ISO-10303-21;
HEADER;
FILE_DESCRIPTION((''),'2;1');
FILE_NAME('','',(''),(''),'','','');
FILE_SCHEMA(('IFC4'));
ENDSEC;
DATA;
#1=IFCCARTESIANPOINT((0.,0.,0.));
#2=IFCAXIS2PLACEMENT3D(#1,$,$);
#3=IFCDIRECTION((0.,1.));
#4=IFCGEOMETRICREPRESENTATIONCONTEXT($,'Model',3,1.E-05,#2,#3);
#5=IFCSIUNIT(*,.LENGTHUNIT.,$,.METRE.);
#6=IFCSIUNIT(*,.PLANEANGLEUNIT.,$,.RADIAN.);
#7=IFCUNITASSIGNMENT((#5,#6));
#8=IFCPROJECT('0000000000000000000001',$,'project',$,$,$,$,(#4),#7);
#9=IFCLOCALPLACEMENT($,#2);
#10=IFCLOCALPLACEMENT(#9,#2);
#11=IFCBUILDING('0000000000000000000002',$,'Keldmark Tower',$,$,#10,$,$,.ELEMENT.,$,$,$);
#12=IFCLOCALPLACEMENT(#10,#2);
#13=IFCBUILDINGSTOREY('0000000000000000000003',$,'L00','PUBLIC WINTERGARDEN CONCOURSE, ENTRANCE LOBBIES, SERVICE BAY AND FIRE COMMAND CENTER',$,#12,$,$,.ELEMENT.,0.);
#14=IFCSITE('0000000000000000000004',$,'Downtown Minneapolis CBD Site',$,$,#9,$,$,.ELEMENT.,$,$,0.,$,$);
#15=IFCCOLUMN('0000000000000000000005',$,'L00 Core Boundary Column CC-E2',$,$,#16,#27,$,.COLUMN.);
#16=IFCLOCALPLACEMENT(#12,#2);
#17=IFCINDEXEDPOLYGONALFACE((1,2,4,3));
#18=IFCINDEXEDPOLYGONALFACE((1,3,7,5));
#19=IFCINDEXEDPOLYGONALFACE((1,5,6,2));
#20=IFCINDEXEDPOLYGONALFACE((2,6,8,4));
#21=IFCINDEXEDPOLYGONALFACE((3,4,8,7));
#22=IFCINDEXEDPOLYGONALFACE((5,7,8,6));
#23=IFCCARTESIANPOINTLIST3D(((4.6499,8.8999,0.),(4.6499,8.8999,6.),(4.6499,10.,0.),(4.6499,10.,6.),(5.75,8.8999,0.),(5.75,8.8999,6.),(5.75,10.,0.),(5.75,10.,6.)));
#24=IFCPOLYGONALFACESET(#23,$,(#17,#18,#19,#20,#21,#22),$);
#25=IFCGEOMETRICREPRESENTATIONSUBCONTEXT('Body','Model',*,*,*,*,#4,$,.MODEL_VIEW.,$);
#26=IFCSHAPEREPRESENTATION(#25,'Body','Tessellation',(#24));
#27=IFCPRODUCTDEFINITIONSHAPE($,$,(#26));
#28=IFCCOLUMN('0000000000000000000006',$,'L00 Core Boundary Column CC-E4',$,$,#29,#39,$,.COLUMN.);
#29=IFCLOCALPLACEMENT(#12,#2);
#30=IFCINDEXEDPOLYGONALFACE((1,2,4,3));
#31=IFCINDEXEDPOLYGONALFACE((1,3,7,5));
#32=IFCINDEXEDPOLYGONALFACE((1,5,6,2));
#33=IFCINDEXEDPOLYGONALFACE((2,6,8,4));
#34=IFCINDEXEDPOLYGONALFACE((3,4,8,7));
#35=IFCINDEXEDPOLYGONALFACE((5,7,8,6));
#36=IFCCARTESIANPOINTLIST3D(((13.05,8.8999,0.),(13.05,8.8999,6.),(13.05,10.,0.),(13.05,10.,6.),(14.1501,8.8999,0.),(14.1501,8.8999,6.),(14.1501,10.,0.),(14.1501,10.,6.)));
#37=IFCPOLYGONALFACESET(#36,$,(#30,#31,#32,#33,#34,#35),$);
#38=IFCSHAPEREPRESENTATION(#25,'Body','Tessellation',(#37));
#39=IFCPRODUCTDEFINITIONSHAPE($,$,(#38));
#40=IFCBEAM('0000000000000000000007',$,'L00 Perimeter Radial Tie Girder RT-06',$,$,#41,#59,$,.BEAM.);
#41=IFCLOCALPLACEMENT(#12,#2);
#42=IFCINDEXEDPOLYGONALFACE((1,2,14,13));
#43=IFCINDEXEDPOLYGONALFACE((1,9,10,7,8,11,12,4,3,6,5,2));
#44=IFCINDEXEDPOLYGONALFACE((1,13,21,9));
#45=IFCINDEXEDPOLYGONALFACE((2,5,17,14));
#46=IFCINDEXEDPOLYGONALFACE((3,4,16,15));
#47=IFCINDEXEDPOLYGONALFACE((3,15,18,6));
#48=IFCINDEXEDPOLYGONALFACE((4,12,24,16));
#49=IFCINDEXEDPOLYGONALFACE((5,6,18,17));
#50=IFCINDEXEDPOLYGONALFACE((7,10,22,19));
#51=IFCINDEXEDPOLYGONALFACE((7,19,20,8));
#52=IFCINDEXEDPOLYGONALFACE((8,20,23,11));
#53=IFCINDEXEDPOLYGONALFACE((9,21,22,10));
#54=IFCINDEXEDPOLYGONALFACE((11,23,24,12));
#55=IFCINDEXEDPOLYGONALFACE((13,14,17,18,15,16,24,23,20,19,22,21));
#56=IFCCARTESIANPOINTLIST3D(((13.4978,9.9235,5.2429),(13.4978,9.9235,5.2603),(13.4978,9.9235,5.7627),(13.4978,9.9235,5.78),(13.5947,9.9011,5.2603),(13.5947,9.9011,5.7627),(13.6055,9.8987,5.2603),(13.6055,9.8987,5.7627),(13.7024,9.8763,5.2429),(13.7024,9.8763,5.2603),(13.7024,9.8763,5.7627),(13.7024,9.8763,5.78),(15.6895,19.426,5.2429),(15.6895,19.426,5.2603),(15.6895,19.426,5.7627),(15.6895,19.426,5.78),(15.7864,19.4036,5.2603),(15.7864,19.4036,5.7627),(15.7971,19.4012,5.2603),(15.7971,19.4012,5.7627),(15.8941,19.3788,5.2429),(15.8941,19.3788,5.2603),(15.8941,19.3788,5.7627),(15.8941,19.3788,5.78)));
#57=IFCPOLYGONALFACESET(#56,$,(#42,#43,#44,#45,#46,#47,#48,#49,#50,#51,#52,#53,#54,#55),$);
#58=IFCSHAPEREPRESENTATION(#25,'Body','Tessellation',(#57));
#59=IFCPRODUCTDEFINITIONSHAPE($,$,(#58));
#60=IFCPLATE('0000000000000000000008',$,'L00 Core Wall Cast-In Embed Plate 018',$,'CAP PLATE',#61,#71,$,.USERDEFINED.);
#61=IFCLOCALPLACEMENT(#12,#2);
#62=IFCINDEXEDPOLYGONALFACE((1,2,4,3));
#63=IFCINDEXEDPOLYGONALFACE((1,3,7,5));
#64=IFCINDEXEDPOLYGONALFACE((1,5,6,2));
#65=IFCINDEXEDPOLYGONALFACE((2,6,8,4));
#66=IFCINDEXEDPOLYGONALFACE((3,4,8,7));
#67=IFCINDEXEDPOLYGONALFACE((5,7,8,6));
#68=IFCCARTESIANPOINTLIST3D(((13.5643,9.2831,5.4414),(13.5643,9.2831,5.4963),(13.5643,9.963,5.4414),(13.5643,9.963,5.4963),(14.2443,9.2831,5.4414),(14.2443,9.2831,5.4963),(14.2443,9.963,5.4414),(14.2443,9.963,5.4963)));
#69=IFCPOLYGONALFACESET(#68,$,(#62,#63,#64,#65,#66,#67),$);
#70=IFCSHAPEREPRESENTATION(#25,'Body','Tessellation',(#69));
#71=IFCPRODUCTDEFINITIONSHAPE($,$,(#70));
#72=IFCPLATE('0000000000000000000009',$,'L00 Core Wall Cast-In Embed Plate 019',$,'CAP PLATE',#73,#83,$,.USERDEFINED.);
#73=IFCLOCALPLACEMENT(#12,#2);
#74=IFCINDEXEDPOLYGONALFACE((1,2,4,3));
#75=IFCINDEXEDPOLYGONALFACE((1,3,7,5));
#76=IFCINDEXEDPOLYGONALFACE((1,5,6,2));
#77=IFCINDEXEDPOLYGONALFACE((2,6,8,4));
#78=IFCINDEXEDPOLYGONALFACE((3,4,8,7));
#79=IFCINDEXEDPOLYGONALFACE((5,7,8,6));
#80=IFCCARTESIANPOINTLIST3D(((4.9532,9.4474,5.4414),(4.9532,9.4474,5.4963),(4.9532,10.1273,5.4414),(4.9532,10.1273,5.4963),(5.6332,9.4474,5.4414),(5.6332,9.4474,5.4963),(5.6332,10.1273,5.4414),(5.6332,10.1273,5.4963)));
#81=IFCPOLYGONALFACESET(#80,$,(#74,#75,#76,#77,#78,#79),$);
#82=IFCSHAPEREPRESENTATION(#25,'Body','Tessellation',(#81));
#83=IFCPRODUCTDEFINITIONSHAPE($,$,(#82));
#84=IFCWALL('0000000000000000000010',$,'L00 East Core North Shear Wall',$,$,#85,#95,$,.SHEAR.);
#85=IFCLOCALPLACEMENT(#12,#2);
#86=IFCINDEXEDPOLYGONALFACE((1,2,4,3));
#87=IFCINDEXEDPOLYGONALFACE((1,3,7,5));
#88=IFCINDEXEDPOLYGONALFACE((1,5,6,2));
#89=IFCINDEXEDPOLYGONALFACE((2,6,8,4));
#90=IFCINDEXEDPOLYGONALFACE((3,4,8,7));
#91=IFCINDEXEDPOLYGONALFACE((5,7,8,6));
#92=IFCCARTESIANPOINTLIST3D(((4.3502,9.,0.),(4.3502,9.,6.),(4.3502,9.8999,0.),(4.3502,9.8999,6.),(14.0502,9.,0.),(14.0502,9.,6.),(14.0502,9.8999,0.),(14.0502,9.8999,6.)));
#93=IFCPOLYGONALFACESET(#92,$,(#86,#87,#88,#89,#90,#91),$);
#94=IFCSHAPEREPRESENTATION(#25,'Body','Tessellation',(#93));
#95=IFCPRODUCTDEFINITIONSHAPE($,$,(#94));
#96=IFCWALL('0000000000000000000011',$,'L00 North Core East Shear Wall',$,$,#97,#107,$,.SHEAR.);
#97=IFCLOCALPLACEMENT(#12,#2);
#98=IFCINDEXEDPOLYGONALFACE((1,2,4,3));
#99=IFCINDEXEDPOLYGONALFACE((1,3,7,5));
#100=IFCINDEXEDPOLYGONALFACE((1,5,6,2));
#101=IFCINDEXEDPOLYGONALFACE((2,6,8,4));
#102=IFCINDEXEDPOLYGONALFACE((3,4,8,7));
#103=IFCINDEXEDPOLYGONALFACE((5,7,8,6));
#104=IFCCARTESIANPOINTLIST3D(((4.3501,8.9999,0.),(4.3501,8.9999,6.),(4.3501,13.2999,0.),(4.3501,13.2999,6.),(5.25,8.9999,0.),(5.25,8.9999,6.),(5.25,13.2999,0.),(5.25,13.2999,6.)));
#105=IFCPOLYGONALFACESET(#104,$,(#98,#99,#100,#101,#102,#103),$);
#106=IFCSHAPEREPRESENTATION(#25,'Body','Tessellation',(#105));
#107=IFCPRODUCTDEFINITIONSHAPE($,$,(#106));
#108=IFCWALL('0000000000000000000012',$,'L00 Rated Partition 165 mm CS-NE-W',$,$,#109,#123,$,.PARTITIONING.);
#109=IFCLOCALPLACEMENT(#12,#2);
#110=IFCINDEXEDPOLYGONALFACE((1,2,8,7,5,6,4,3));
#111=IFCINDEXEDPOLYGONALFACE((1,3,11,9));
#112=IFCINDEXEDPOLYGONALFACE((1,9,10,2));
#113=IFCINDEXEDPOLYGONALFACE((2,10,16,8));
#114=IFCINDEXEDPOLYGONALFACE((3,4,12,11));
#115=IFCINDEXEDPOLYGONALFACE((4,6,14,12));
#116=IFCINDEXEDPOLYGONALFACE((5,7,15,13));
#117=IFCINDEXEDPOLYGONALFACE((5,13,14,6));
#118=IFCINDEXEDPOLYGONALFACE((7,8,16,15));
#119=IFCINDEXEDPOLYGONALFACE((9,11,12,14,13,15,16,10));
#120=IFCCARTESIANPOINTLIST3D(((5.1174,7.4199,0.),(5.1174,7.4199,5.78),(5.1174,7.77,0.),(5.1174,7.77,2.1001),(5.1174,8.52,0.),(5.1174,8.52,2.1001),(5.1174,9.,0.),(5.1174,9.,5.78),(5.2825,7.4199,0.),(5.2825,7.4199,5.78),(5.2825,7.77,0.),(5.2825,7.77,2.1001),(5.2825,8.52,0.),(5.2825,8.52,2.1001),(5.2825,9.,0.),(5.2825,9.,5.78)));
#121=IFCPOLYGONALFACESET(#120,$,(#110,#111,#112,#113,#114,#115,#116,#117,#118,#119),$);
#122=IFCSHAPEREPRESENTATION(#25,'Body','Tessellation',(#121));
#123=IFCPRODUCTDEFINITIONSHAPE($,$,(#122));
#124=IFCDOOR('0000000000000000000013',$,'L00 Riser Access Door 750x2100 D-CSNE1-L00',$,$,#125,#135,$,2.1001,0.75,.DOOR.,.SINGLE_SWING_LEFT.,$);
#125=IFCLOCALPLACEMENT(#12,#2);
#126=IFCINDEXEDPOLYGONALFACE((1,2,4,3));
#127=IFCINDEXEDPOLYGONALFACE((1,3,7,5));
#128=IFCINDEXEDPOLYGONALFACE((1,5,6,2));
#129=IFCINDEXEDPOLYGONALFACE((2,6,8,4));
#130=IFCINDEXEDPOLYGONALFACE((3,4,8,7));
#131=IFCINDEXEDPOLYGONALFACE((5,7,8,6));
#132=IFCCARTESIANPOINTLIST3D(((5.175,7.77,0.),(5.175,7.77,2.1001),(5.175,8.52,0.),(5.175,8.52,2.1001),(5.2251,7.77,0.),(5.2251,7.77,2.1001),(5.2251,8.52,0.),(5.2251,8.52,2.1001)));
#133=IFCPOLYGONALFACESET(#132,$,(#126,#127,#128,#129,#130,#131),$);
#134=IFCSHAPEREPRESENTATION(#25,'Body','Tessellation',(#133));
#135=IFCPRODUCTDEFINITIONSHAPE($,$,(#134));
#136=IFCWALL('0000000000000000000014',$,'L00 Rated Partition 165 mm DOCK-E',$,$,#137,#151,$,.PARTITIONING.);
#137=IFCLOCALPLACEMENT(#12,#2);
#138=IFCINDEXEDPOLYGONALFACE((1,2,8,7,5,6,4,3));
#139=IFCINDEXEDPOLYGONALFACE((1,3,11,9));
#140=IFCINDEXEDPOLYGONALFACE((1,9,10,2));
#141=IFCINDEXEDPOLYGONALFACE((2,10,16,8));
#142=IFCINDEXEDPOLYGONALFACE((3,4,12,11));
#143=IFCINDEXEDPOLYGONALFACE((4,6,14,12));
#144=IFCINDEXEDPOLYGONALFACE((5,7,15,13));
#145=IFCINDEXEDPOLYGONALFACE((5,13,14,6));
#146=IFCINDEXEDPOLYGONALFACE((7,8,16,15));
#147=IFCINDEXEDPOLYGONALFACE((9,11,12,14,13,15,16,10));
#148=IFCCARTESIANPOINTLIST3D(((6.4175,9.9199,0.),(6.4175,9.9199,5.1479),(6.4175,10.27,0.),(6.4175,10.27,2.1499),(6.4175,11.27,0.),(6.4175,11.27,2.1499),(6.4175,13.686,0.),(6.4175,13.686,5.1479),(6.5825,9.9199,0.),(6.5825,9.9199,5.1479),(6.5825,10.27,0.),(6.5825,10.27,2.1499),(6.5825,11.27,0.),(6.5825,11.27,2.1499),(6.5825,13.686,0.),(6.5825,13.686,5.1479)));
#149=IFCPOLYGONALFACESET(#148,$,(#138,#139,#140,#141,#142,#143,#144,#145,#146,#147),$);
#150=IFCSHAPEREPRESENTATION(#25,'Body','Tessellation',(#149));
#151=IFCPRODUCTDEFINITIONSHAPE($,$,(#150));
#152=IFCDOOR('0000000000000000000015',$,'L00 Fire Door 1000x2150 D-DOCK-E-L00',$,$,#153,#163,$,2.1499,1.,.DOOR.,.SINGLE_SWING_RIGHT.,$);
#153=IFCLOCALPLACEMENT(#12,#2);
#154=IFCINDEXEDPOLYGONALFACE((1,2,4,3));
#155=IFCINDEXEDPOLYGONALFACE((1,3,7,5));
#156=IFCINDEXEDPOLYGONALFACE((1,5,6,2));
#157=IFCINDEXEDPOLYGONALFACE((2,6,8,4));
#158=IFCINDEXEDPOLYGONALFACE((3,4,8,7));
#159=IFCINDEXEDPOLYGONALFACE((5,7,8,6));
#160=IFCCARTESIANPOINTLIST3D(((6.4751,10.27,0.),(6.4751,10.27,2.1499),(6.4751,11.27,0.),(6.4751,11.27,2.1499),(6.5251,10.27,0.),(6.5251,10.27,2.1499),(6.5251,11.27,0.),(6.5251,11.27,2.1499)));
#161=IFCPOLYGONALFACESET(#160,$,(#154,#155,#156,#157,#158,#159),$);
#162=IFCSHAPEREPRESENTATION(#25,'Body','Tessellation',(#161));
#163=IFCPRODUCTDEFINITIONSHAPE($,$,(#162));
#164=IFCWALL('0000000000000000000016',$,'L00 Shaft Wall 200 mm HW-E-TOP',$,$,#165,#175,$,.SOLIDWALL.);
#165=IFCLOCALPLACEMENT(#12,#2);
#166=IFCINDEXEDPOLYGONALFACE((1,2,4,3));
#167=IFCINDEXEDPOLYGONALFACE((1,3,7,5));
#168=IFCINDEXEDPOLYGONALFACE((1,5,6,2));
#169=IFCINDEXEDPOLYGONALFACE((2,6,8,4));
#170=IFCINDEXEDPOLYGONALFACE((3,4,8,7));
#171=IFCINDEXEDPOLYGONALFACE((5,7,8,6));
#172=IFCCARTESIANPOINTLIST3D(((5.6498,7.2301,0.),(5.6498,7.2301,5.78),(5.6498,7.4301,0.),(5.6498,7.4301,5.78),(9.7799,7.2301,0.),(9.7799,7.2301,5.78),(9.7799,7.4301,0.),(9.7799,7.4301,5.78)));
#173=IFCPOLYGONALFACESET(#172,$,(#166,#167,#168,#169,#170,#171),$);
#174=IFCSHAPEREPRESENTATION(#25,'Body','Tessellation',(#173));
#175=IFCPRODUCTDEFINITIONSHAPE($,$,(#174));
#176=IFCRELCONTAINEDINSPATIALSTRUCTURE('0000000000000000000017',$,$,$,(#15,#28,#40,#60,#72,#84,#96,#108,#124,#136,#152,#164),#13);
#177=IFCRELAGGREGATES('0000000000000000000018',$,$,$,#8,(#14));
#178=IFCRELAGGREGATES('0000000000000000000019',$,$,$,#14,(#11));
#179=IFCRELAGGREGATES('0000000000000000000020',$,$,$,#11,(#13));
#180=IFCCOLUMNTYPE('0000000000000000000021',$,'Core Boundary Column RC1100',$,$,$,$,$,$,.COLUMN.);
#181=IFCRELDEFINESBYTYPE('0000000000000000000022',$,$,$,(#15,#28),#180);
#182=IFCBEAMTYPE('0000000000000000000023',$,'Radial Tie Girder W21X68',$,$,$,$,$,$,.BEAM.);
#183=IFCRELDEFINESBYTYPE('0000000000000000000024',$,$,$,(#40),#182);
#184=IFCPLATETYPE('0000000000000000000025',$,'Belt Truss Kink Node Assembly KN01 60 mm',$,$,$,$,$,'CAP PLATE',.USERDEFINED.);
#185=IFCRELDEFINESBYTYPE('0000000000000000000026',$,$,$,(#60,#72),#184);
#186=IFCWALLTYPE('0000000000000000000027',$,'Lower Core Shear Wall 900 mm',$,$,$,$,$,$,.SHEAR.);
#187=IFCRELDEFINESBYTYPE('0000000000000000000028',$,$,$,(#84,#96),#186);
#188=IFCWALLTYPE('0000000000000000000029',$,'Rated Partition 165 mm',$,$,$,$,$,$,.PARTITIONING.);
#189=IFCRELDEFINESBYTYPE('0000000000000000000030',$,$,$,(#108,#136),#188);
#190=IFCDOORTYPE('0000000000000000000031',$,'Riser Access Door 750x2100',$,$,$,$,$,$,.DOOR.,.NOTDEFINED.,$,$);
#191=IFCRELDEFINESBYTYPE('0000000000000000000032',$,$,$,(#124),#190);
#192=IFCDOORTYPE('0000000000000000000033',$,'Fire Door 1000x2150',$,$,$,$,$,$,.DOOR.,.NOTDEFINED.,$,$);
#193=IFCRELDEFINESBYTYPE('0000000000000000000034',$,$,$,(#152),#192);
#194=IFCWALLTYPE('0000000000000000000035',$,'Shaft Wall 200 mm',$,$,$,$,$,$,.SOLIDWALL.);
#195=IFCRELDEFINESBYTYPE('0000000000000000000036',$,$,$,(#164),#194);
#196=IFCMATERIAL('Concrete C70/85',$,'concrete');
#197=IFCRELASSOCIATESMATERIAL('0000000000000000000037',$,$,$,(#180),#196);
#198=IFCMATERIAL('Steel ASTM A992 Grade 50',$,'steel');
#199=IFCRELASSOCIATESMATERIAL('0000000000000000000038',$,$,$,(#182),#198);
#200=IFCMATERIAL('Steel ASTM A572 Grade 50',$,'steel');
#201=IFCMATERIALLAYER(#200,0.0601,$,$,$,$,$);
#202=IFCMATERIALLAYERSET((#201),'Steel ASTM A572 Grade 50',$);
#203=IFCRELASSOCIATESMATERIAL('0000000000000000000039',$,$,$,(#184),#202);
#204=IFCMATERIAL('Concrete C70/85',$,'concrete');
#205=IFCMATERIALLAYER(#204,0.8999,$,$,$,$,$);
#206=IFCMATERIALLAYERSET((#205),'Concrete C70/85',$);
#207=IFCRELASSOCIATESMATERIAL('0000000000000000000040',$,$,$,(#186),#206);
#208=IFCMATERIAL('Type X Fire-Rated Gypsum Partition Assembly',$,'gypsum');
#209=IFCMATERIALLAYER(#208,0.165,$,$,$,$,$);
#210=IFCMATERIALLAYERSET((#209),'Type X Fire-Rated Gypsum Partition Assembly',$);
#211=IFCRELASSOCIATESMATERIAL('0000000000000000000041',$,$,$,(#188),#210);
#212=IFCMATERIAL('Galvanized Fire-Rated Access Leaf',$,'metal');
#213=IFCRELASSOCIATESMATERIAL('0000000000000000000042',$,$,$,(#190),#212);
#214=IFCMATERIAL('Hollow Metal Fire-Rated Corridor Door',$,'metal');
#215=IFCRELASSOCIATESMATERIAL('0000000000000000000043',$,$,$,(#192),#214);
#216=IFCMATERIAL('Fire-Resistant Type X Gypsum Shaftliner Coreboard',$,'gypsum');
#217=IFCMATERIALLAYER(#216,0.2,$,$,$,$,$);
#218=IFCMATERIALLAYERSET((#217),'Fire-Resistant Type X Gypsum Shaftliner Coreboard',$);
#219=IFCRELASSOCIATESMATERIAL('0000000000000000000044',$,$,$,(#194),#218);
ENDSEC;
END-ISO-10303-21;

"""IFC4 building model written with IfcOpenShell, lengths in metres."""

from ifc_helpers import new_model, si_unit, direction, frame, frame_2d, origin, origin_2d, place, context, subcontext, project, spatial, rectangle, i_section, extrude, material, layer, layer_set, material_profile, profile_set, type_object, element, fill, save


model = new_model("IFC4")

# Units and contexts
model_context = context("Model", 3, precision=1e-05, world=origin(), true_north=direction((0.0, 1.0)))
body_context = subcontext(model_context, "Body", "Model", "MODEL_VIEW")
ifc_project = project(units=[si_unit("LENGTHUNIT", "METRE"), si_unit("PLANEANGLEUNIT", "RADIAN")], contexts=[model_context])

# Site, building, storey
site_placement = place(None, origin())
site = spatial("IfcSite", under=ifc_project, at=site_placement, Name="Downtown Minneapolis CBD Site", CompositionType="ELEMENT", RefElevation=0.0)
building_placement = place(site_placement, origin())
building = spatial("IfcBuilding", under=site, at=building_placement, Name="Keldmark Tower", CompositionType="ELEMENT")
storey_placement = place(building_placement, origin())
storey = spatial("IfcBuildingStorey", under=building, at=storey_placement, Name="L00", Description="PUBLIC WINTERGARDEN CONCOURSE, ENTRANCE LOBBIES, SERVICE BAY AND FIRE COMMAND CENTER", CompositionType="ELEMENT", Elevation=0.0)

# Columns
ifc_material_1 = material(Name="Concrete C70/85", Category="concrete")
ifc_material_profile_1 = material_profile(ifc_material_1, rectangle(XDim=1.1001, YDim=1.1001, at=origin_2d()), Name="RC1100X1100")
ifc_profile_set_1 = profile_set([ifc_material_profile_1], Name="Concrete C70/85")
column_type = type_object("IfcColumnType", Name="Core Boundary Column RC1100", PredefinedType="COLUMN", material=ifc_profile_set_1)
for number, where, z_axis, x_axis, name in (
    (1, (5.2, 9.45, 0.0), (0.0, 0.0, 1.0), (1.0, 0.0, 0.0), "L00 Core Boundary Column CC-E2"),
    (2, (13.6001, 9.45, 0.0), (0.0, 0.0, 1.0), (1.0, 0.0, 0.0), "L00 Core Boundary Column CC-E4"),
):
    element("IfcColumn", number, at=place(storey_placement, frame(where, z_axis=z_axis, x_axis=x_axis)), inside=storey, type_object=column_type, Name=name, PredefinedType="COLUMN", context=body_context, shape_type="SweptSolid", body=[
        extrude(rectangle(XDim=1.1001, YDim=1.1001, at=origin_2d()), origin(), (0.0, 0.0, 1.0), 6.0),
    ])

# Beam
ifc_material_2 = material(Name="Steel ASTM A992 Grade 50", Category="steel")
ifc_material_profile_2 = material_profile(ifc_material_2, i_section(OverallWidth=0.21, OverallDepth=0.5371, WebThickness=0.011, FlangeThickness=0.0173, at=origin_2d()), Name="W21X68")
ifc_profile_set_2 = profile_set([ifc_material_profile_2], Name="Steel ASTM A992 Grade 50")
beam_type = type_object("IfcBeamType", Name="Radial Tie Girder W21X68", PredefinedType="BEAM", material=ifc_profile_set_2)
beam_placement = place(storey_placement, frame((13.6001, 9.8999, 5.5115), z_axis=(0.224741, 0.974419, 0.0), x_axis=(-0.974419, 0.224741, 0.0)))
element("IfcBeam", 3, at=beam_placement, inside=storey, type_object=beam_type, Name="L00 Perimeter Radial Tie Girder RT-06", PredefinedType="BEAM", context=body_context, shape_type="SweptSolid", body=[
    extrude(i_section(OverallWidth=0.21, OverallDepth=0.5371, WebThickness=0.011, FlangeThickness=0.0173, at=origin_2d()), origin(), (0.0, 0.0, 1.0), 9.752),
])

# Plates
ifc_material_3 = material(Name="Steel ASTM A572 Grade 50", Category="steel")
ifc_layer_1 = layer(ifc_material_3, 0.0601)
ifc_layer_set_1 = layer_set([ifc_layer_1], Name="Steel ASTM A572 Grade 50")
plate_type = type_object("IfcPlateType", Name="Belt Truss Kink Node Assembly KN01 60 mm", ElementType="CAP PLATE", PredefinedType="USERDEFINED", material=ifc_layer_set_1)
for number, where, z_axis, x_axis, name in (
    (4, (13.9043, 9.623, 5.4414), (0.0, 0.0, 1.0), (1.0, 0.0, 0.0), "L00 Core Wall Cast-In Embed Plate 018"),
    (5, (5.2932, 9.7874, 5.4414), (0.0, 0.0, 1.0), (1.0, 0.0, 0.0), "L00 Core Wall Cast-In Embed Plate 019"),
):
    element("IfcPlate", number, at=place(storey_placement, frame(where, z_axis=z_axis, x_axis=x_axis)), inside=storey, type_object=plate_type, Name=name, ObjectType="CAP PLATE", PredefinedType="USERDEFINED", context=body_context, shape_type="SweptSolid", body=[
        extrude(rectangle(XDim=0.6799, YDim=0.6799, at=origin_2d()), origin(), (0.0, 0.0, 1.0), 0.0549),
    ])

# Walls
ifc_material_4 = material(Name="Concrete C70/85", Category="concrete")
ifc_layer_2 = layer(ifc_material_4, 0.8999)
ifc_layer_set_2 = layer_set([ifc_layer_2], Name="Concrete C70/85")
wall_type_1 = type_object("IfcWallType", Name="Lower Core Shear Wall 900 mm", PredefinedType="SHEAR", material=ifc_layer_set_2)
wall_1_placement = place(storey_placement, frame((4.3501, 9.45, 0.0), z_axis=(0.0, 0.0, 1.0), x_axis=(1.0, 0.0, 0.0)))
element("IfcWall", 6, at=wall_1_placement, inside=storey, type_object=wall_type_1, Name="L00 East Core North Shear Wall", PredefinedType="SHEAR", context=body_context, shape_type="SweptSolid", body=[
    extrude(rectangle(XDim=9.7, YDim=0.8999, at=frame_2d((4.8501, 0.0))), origin(), (0.0, 0.0, 1.0), 6.0),
])
wall_2_placement = place(storey_placement, frame((4.8, 9.0, 0.0), z_axis=(0.0, 0.0, 1.0), x_axis=(0.0, 1.0, 0.0)))
element("IfcWall", 7, at=wall_2_placement, inside=storey, type_object=wall_type_1, Name="L00 North Core East Shear Wall", PredefinedType="SHEAR", context=body_context, shape_type="SweptSolid", body=[
    extrude(rectangle(XDim=4.3, YDim=0.8999, at=frame_2d((2.1499, 0.0))), origin(), (0.0, 0.0, 1.0), 6.0),
])

# Walls, openings, doors
ifc_material_5 = material(Name="Type X Fire-Rated Gypsum Partition Assembly", Category="gypsum")
ifc_layer_3 = layer(ifc_material_5, 0.165)
ifc_layer_set_3 = layer_set([ifc_layer_3], Name="Type X Fire-Rated Gypsum Partition Assembly")
wall_type_2 = type_object("IfcWallType", Name="Rated Partition 165 mm", PredefinedType="PARTITIONING", material=ifc_layer_set_3)
wall_3_placement = place(storey_placement, frame((5.2, 7.4199, 0.0), z_axis=(0.0, 0.0, 1.0), x_axis=(0.0, 1.0, 0.0)))
wall_3 = element("IfcWall", 8, at=wall_3_placement, inside=storey, type_object=wall_type_2, Name="L00 Rated Partition 165 mm CS-NE-W", PredefinedType="PARTITIONING", context=body_context, shape_type="SweptSolid", body=[
    extrude(rectangle(XDim=1.5801, YDim=0.165, at=frame_2d((0.79, 0.0))), origin(), (0.0, 0.0, 1.0), 5.78),
])
opening_1_placement = place(wall_3_placement, frame((0.3501, 0.0, 0.0)))
opening_1 = element("IfcOpeningElement", 9, at=opening_1_placement, cuts=wall_3, PredefinedType="OPENING", context=body_context, shape_type="SweptSolid", body=[
    extrude(rectangle(XDim=0.75, YDim=2.1001, at=frame_2d((0.375, 1.05))), frame((0.0, 0.0925, 0.0), z_axis=(0.0, -1.0, 0.0), x_axis=(1.0, 0.0, 0.0)), (0.0, 0.0, 1.0), 0.1851),
])
ifc_material_6 = material(Name="Galvanized Fire-Rated Access Leaf", Category="metal")
door_type_1 = type_object("IfcDoorType", Name="Riser Access Door 750x2100", OperationType="NOTDEFINED", PredefinedType="DOOR", material=ifc_material_6)
door_1_placement = place(opening_1_placement, origin())
door_1 = element("IfcDoor", 10, at=door_1_placement, inside=storey, type_object=door_type_1, Name="L00 Riser Access Door 750x2100 D-CSNE1-L00", OperationType="SINGLE_SWING_LEFT", OverallHeight=2.1001, OverallWidth=0.75, PredefinedType="DOOR", context=body_context, shape_type="SweptSolid", body=[
    extrude(rectangle(XDim=0.75, YDim=2.1001, at=frame_2d((0.375, 1.05))), frame((0.0, 0.0249, 0.0), z_axis=(0.0, -1.0, 0.0), x_axis=(1.0, 0.0, 0.0)), (0.0, 0.0, 1.0), 0.05),
])
fill(opening_1, door_1)
wall_4_placement = place(storey_placement, frame((6.5, 9.9199, 0.0), z_axis=(0.0, 0.0, 1.0), x_axis=(0.0, 1.0, 0.0)))
wall_4 = element("IfcWall", 11, at=wall_4_placement, inside=storey, type_object=wall_type_2, Name="L00 Rated Partition 165 mm DOCK-E", PredefinedType="PARTITIONING", context=body_context, shape_type="SweptSolid", body=[
    extrude(rectangle(XDim=3.7661, YDim=0.165, at=frame_2d((1.8831, 0.0))), origin(), (0.0, 0.0, 1.0), 5.1479),
])
opening_2_placement = place(wall_4_placement, frame((0.3501, 0.0, 0.0)))
opening_2 = element("IfcOpeningElement", 12, at=opening_2_placement, cuts=wall_4, PredefinedType="OPENING", context=body_context, shape_type="SweptSolid", body=[
    extrude(rectangle(XDim=1.0, YDim=2.1499, at=frame_2d((0.5, 1.075))), frame((0.0, 0.0925, 0.0), z_axis=(0.0, -1.0, 0.0), x_axis=(1.0, 0.0, 0.0)), (0.0, 0.0, 1.0), 0.1851),
])
ifc_material_7 = material(Name="Hollow Metal Fire-Rated Corridor Door", Category="metal")
door_type_2 = type_object("IfcDoorType", Name="Fire Door 1000x2150", OperationType="NOTDEFINED", PredefinedType="DOOR", material=ifc_material_7)
door_2_placement = place(opening_2_placement, origin())
door_2 = element("IfcDoor", 13, at=door_2_placement, inside=storey, type_object=door_type_2, Name="L00 Fire Door 1000x2150 D-DOCK-E-L00", OperationType="SINGLE_SWING_RIGHT", OverallHeight=2.1499, OverallWidth=1.0, PredefinedType="DOOR", context=body_context, shape_type="SweptSolid", body=[
    extrude(rectangle(XDim=1.0, YDim=2.1499, at=frame_2d((0.5, 1.075))), frame((0.0, 0.0249, 0.0), z_axis=(0.0, -1.0, 0.0), x_axis=(1.0, 0.0, 0.0)), (0.0, 0.0, 1.0), 0.05),
])
fill(opening_2, door_2)

# Wall
ifc_material_8 = material(Name="Fire-Resistant Type X Gypsum Shaftliner Coreboard", Category="gypsum")
ifc_layer_4 = layer(ifc_material_8, 0.2)
ifc_layer_set_4 = layer_set([ifc_layer_4], Name="Fire-Resistant Type X Gypsum Shaftliner Coreboard")
wall_type_3 = type_object("IfcWallType", Name="Shaft Wall 200 mm", PredefinedType="SOLIDWALL", material=ifc_layer_set_4)
wall_5_placement = place(storey_placement, frame((5.6499, 7.3301, 0.0), z_axis=(0.0, 0.0, 1.0), x_axis=(1.0, 0.0, 0.0)))
element("IfcWall", 14, at=wall_5_placement, inside=storey, type_object=wall_type_3, Name="L00 Shaft Wall 200 mm HW-E-TOP", PredefinedType="SOLIDWALL", context=body_context, shape_type="SweptSolid", body=[
    extrude(rectangle(XDim=4.1301, YDim=0.2, at=frame_2d((2.0649, 0.0))), origin(), (0.0, 0.0, 1.0), 5.78),
])

save(model, "model.ifc")
